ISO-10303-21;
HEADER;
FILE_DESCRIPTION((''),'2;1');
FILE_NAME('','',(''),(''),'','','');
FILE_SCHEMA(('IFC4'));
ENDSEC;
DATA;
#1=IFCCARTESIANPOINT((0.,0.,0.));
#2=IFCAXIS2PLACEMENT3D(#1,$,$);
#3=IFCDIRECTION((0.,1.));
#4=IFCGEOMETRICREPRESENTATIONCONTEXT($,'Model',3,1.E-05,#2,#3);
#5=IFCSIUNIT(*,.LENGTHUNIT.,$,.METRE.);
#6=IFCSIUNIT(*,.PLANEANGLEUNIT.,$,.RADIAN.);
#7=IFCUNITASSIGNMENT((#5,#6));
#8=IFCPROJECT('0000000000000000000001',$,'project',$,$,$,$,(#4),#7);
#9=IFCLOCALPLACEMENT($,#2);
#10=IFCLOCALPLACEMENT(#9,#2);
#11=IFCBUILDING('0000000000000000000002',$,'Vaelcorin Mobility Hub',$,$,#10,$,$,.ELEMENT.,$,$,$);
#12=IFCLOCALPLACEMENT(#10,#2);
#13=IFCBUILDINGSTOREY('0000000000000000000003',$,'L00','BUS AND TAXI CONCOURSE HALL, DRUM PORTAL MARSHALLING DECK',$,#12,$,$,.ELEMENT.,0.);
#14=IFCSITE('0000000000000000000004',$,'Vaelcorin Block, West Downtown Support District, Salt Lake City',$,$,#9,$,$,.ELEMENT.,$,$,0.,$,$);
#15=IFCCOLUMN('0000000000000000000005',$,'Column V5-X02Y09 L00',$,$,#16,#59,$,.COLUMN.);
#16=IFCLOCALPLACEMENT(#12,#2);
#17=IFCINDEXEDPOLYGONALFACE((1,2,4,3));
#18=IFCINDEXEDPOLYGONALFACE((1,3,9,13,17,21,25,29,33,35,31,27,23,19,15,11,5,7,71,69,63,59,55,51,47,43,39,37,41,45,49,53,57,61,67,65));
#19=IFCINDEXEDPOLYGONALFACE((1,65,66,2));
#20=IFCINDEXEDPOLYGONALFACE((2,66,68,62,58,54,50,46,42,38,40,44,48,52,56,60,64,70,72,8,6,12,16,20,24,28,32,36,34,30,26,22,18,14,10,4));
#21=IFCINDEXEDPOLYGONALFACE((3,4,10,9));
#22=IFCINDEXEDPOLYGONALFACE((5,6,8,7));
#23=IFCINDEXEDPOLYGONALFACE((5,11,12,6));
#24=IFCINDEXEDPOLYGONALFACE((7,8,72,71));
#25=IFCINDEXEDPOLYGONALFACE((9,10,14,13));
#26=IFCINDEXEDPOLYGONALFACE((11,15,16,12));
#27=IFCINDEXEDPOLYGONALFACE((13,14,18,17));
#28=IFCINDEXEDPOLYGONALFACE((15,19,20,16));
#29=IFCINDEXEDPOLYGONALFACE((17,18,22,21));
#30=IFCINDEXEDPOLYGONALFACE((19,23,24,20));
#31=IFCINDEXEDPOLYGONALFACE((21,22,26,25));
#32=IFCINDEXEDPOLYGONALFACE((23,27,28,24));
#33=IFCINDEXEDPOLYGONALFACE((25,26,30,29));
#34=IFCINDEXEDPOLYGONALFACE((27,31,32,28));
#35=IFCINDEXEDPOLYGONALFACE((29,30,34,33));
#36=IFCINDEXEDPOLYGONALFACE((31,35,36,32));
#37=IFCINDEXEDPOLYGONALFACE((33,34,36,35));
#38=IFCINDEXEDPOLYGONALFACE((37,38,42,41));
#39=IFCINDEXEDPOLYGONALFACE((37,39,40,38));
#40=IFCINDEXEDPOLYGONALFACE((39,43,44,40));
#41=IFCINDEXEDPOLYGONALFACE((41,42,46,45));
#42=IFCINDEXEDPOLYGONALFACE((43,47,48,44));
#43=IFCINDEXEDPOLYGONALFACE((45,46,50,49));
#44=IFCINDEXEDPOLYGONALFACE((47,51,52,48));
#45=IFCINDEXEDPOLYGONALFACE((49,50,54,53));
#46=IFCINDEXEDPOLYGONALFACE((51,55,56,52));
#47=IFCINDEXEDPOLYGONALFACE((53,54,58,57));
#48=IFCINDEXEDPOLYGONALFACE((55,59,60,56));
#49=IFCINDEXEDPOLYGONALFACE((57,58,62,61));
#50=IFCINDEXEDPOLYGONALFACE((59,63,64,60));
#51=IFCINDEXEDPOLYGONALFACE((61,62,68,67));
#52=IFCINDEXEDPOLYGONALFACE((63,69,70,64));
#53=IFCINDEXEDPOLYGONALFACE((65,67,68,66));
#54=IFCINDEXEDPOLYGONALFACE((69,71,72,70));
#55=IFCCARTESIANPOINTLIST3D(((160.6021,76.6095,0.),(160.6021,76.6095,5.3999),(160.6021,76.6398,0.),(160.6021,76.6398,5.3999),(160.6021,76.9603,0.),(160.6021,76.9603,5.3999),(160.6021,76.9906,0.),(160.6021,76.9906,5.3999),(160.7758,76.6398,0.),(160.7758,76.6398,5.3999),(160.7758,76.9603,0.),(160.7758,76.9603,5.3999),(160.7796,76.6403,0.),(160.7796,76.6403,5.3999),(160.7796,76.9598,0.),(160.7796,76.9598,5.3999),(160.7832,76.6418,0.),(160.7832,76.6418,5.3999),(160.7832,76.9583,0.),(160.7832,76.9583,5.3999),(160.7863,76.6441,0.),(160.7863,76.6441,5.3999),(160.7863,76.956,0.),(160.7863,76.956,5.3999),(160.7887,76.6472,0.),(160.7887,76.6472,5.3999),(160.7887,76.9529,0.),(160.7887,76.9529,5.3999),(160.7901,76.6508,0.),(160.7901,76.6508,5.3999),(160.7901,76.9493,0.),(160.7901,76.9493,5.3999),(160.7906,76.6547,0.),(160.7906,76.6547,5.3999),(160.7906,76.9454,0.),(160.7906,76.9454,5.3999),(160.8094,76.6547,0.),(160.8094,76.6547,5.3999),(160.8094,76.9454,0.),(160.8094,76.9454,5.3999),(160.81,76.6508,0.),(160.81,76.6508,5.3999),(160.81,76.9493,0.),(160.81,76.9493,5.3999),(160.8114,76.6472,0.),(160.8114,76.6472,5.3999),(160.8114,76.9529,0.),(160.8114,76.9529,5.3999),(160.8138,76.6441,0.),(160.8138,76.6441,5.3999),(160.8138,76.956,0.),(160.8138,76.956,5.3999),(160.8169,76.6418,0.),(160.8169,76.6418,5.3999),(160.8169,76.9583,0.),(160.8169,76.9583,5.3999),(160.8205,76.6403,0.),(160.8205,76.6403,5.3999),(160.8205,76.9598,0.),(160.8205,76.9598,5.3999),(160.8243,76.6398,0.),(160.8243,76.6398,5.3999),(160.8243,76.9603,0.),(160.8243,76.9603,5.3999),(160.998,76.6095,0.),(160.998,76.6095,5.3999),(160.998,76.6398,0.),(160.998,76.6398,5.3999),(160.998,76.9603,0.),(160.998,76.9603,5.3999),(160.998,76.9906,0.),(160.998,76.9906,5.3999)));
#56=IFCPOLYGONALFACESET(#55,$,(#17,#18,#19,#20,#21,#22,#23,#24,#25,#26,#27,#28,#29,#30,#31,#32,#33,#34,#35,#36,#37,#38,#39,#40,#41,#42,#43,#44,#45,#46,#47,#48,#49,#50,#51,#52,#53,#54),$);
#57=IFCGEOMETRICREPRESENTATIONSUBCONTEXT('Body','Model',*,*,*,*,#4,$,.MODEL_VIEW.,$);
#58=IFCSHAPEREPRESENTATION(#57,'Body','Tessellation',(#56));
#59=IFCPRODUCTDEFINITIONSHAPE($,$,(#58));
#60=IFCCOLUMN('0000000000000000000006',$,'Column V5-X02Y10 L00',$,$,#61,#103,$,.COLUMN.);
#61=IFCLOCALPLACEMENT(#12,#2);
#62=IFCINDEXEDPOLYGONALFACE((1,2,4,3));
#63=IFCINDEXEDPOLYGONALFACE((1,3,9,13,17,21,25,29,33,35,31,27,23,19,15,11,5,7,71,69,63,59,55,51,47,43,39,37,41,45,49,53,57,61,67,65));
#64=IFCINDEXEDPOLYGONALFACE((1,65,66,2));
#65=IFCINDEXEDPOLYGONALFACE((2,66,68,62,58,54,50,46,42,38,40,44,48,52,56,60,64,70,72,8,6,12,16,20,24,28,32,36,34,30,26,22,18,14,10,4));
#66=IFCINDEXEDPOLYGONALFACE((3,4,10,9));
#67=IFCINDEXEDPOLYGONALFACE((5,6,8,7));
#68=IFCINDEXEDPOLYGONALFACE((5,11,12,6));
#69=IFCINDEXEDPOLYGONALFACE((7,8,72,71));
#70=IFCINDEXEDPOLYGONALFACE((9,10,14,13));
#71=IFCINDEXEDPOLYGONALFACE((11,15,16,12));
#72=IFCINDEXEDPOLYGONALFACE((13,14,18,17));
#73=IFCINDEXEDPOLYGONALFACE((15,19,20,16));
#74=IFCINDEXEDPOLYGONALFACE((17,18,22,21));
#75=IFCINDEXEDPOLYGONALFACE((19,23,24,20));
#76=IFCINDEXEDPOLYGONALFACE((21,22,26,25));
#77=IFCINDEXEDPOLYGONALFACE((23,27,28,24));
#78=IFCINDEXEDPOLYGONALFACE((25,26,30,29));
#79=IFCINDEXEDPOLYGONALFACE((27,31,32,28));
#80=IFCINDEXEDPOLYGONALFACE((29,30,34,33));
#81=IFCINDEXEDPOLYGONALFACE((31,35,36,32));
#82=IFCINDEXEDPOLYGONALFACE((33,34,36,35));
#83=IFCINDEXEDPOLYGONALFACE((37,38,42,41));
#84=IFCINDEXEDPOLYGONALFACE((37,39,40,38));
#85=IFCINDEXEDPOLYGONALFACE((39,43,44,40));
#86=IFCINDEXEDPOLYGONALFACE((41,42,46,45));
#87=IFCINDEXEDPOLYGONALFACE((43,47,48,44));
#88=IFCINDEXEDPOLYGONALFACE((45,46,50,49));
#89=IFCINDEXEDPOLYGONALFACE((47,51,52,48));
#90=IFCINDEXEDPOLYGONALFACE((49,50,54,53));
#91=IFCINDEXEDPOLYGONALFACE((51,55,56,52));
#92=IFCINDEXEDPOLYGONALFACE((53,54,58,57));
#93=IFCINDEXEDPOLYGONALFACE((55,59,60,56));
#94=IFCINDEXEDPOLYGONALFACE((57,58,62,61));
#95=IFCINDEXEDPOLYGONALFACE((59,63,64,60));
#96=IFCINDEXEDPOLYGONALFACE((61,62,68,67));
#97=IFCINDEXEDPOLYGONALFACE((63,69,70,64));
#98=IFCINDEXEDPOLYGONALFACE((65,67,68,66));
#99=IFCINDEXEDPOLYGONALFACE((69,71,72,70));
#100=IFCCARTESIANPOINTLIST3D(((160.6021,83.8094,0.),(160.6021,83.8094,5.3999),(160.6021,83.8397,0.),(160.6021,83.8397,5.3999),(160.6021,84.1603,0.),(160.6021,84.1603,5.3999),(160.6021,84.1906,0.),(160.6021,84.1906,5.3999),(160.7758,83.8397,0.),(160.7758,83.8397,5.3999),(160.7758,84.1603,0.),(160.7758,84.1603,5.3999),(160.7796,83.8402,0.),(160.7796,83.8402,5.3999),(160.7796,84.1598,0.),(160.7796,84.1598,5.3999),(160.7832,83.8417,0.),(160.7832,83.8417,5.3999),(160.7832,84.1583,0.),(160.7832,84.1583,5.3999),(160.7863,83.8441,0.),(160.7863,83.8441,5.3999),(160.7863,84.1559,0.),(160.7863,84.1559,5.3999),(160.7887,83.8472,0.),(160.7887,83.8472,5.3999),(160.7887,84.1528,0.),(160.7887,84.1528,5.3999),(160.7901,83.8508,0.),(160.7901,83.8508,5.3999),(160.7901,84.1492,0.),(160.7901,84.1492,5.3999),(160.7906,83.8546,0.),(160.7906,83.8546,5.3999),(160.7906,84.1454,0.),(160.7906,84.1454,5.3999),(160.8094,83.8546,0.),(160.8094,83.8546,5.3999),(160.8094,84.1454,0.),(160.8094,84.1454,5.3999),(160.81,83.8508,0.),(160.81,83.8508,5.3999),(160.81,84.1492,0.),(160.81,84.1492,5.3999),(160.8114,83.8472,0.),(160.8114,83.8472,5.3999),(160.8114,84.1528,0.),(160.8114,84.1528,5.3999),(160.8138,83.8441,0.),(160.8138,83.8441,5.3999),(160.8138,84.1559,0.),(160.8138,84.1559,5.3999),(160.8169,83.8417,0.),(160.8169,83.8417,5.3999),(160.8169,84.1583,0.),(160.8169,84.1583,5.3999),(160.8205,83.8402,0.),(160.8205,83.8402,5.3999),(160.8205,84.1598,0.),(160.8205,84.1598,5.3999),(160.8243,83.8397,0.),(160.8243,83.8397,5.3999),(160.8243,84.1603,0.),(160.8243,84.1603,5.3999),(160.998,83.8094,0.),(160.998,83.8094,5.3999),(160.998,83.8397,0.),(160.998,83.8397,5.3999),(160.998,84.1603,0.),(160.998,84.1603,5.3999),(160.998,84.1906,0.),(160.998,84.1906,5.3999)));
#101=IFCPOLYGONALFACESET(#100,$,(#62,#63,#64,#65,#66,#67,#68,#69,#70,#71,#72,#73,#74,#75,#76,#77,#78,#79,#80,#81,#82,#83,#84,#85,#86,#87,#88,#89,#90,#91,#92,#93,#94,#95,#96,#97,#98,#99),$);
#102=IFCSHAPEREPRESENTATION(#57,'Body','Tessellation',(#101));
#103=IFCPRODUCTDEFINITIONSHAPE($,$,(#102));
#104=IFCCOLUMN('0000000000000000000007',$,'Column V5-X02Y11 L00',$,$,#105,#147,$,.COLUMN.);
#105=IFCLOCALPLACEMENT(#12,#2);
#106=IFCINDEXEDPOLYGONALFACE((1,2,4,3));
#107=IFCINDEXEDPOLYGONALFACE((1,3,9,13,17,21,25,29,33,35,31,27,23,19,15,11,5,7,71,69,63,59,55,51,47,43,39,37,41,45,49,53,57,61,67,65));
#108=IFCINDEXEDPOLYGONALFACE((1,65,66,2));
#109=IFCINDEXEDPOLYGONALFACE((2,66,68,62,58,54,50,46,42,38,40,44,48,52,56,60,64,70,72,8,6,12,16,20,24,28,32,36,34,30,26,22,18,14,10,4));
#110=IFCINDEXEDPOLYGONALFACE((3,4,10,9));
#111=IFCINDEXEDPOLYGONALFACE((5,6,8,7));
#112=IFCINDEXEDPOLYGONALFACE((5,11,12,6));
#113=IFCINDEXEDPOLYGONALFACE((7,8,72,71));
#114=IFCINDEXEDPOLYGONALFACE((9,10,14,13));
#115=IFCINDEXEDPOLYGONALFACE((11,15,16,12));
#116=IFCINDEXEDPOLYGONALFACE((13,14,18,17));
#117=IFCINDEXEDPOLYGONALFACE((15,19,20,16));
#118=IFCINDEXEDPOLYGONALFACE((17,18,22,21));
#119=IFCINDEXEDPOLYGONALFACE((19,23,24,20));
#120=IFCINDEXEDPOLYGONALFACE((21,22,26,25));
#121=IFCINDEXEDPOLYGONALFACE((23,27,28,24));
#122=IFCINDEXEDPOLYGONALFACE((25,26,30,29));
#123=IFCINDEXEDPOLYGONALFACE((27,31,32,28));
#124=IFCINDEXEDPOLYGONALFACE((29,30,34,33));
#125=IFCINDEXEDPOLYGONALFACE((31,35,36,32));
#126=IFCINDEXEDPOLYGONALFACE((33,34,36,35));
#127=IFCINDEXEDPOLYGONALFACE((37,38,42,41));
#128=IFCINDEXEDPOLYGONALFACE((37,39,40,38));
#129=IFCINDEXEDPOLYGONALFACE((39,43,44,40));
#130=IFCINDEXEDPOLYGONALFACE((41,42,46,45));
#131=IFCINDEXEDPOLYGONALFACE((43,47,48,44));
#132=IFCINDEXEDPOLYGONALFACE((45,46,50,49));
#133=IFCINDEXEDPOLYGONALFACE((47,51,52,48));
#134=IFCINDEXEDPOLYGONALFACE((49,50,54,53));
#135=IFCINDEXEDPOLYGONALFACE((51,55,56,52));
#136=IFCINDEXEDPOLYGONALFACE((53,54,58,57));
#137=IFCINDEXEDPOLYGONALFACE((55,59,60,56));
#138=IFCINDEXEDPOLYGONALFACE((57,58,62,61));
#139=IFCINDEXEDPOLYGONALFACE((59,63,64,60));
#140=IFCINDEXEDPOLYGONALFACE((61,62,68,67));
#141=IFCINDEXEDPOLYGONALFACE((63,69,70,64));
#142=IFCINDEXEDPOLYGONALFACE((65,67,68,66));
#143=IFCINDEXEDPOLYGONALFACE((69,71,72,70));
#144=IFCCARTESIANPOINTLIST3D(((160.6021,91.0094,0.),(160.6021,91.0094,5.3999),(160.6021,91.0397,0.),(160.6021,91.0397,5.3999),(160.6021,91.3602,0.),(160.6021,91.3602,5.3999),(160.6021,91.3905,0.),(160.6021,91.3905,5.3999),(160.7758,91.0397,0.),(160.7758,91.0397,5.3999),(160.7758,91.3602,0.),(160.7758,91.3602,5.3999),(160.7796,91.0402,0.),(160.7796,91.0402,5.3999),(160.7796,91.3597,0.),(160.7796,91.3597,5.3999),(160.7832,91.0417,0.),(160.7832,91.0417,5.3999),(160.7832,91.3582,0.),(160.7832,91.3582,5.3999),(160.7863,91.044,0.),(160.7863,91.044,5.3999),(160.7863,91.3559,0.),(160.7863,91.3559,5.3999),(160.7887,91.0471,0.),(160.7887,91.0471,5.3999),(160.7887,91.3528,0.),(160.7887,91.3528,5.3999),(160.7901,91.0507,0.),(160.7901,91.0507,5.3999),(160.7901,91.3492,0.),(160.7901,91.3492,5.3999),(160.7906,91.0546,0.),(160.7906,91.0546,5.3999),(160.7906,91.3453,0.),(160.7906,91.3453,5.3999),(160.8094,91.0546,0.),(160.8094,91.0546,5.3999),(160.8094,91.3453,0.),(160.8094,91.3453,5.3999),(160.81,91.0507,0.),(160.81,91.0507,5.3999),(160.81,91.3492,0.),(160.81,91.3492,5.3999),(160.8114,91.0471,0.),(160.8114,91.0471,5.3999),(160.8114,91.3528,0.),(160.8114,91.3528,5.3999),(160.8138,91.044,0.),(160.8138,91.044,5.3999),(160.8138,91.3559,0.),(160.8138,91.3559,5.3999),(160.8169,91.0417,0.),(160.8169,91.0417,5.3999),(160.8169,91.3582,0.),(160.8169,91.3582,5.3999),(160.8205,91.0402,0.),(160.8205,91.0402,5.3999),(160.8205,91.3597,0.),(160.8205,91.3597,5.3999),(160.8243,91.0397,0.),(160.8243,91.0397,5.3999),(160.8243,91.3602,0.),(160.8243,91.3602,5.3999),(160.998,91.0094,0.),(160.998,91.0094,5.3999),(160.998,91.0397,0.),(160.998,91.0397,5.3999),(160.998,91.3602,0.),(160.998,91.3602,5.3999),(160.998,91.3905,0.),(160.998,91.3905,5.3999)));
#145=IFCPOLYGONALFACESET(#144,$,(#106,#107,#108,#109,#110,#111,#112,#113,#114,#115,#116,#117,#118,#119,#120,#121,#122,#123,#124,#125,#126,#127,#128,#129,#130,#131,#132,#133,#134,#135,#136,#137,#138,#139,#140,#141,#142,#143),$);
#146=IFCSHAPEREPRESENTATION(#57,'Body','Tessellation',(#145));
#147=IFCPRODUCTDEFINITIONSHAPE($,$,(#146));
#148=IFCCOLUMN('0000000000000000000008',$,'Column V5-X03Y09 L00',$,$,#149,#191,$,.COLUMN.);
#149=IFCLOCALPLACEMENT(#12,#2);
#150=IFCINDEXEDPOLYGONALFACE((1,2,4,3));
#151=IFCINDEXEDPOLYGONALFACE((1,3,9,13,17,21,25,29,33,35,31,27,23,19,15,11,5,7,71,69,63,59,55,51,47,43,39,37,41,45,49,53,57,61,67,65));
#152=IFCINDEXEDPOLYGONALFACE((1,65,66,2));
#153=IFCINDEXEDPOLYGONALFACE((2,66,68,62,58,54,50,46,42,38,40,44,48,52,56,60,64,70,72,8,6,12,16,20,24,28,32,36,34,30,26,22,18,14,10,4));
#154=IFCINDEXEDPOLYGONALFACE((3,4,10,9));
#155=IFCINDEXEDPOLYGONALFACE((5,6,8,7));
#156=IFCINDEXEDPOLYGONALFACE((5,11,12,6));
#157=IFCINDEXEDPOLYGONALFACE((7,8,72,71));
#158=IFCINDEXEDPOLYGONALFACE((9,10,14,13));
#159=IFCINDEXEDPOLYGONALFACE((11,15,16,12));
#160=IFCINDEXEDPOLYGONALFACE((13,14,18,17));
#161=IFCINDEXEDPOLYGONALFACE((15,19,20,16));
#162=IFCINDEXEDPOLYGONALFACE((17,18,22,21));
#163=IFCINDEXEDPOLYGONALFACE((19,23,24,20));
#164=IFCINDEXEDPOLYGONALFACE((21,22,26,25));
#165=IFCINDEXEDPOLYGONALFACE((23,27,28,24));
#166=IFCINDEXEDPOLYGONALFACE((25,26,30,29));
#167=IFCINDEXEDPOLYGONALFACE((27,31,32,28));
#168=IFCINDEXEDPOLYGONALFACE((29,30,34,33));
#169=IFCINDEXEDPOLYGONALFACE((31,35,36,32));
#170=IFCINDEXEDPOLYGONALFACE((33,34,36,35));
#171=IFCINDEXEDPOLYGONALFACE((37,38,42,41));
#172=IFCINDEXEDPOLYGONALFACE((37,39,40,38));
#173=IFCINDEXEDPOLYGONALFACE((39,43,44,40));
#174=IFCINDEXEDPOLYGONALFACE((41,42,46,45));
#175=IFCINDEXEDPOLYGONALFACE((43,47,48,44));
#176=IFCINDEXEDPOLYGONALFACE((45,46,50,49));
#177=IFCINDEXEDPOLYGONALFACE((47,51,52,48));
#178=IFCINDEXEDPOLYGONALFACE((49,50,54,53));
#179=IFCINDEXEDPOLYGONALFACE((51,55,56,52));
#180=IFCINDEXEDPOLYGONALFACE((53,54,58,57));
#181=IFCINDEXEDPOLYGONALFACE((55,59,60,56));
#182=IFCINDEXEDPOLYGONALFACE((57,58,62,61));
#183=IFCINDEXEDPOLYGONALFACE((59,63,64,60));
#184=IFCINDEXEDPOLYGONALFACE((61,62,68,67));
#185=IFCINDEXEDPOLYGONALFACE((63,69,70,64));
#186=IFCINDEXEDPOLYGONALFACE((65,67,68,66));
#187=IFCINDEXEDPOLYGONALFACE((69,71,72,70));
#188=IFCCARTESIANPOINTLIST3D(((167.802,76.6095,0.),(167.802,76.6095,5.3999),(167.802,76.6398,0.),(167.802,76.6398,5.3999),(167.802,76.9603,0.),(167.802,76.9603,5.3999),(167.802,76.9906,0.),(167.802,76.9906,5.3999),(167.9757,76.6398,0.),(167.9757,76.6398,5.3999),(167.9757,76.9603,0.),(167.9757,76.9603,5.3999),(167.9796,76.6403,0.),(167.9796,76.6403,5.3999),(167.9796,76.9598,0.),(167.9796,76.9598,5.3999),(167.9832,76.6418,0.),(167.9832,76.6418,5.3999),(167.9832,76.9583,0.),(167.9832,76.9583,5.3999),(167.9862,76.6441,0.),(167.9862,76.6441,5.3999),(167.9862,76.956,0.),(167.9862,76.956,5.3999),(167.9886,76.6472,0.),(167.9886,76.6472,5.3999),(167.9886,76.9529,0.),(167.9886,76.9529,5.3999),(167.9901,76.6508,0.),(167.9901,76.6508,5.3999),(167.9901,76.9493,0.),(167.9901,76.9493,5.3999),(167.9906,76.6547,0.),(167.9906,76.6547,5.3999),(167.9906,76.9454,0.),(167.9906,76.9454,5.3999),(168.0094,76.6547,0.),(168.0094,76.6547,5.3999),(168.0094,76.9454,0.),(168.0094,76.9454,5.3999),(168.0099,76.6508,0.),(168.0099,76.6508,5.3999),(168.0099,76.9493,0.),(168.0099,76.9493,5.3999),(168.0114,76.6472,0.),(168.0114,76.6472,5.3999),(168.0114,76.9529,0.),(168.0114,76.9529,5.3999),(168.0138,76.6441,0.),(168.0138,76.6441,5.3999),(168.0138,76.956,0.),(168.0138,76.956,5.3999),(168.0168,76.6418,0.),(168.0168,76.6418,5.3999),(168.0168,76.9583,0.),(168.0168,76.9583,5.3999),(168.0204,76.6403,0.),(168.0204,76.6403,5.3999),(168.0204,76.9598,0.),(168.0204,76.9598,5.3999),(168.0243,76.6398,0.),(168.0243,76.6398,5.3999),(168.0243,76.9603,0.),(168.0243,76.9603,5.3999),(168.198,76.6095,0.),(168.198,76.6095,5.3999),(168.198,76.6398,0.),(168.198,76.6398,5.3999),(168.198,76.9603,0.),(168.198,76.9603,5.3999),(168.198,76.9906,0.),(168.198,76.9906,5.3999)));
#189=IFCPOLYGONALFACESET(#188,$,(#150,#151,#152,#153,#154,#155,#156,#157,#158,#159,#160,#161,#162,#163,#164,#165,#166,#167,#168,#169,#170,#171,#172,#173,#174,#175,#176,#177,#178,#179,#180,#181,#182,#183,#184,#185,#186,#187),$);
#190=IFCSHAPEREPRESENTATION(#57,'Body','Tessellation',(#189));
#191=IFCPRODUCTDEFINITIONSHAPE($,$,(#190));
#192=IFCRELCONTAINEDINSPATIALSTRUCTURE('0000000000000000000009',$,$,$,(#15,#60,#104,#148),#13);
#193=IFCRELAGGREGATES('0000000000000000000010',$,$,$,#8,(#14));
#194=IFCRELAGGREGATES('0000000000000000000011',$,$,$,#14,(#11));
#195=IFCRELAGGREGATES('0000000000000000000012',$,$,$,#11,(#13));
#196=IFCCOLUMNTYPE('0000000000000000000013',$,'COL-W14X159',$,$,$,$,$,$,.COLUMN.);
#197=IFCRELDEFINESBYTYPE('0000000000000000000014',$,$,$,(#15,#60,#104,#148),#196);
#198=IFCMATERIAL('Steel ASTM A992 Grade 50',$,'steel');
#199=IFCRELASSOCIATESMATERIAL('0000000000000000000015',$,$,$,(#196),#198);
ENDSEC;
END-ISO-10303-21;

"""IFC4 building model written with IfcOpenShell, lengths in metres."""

from ifc_helpers import new_model, si_unit, direction, frame, origin, origin_2d, place, context, subcontext, project, spatial, i_section, extrude, material, material_profile, profile_set, type_object, element, save


model = new_model("IFC4")

# Units and contexts
model_context = context("Model", 3, precision=1e-05, world=origin(), true_north=direction((0.0, 1.0)))
body_context = subcontext(model_context, "Body", "Model", "MODEL_VIEW")
ifc_project = project(units=[si_unit("LENGTHUNIT", "METRE"), si_unit("PLANEANGLEUNIT", "RADIAN")], contexts=[model_context])

# Site, building, storey
site_placement = place(None, origin())
site = spatial("IfcSite", under=ifc_project, at=site_placement, Name="Vaelcorin Block, West Downtown Support District, Salt Lake City", CompositionType="ELEMENT", RefElevation=0.0)
building_placement = place(site_placement, origin())
building = spatial("IfcBuilding", under=site, at=building_placement, Name="Vaelcorin Mobility Hub", CompositionType="ELEMENT")
storey_placement = place(building_placement, origin())
storey = spatial("IfcBuildingStorey", under=building, at=storey_placement, Name="L00", Description="BUS AND TAXI CONCOURSE HALL, DRUM PORTAL MARSHALLING DECK", CompositionType="ELEMENT", Elevation=0.0)

# Columns
ifc_material_1 = material(Name="Steel ASTM A992 Grade 50", Category="steel")
ifc_material_profile_1 = material_profile(ifc_material_1, i_section(OverallWidth=0.396, OverallDepth=0.3811, WebThickness=0.0188, FlangeThickness=0.0303, FilletRadius=0.0149, at=origin_2d()), Name="W14X159")
ifc_profile_set_1 = profile_set([ifc_material_profile_1], Name="Steel ASTM A992 Grade 50")
column_type = type_object("IfcColumnType", Name="COL-W14X159", PredefinedType="COLUMN", material=ifc_profile_set_1)
for number, where, z_axis, x_axis, name in (
    (1, (160.8, 76.8, 0.0), (0.0, 0.0, 1.0), (1.0, 0.0, 0.0), "Column V5-X02Y09 L00"),
    (2, (160.8, 84.0, 0.0), (0.0, 0.0, 1.0), (1.0, 0.0, 0.0), "Column V5-X02Y10 L00"),
    (3, (160.8, 91.2, 0.0), (0.0, 0.0, 1.0), (1.0, 0.0, 0.0), "Column V5-X02Y11 L00"),
    (4, (168.0, 76.8, 0.0), (0.0, 0.0, 1.0), (1.0, 0.0, 0.0), "Column V5-X03Y09 L00"),
):
    element("IfcColumn", number, at=place(storey_placement, frame(where, z_axis=z_axis, x_axis=x_axis)), inside=storey, type_object=column_type, Name=name, PredefinedType="COLUMN", context=body_context, shape_type="SweptSolid", body=[
        extrude(i_section(OverallWidth=0.396, OverallDepth=0.3811, WebThickness=0.0188, FlangeThickness=0.0303, FilletRadius=0.0149, at=origin_2d()), origin(), (0.0, 0.0, 1.0), 5.3999),
    ])

save(model, "model.ifc")
